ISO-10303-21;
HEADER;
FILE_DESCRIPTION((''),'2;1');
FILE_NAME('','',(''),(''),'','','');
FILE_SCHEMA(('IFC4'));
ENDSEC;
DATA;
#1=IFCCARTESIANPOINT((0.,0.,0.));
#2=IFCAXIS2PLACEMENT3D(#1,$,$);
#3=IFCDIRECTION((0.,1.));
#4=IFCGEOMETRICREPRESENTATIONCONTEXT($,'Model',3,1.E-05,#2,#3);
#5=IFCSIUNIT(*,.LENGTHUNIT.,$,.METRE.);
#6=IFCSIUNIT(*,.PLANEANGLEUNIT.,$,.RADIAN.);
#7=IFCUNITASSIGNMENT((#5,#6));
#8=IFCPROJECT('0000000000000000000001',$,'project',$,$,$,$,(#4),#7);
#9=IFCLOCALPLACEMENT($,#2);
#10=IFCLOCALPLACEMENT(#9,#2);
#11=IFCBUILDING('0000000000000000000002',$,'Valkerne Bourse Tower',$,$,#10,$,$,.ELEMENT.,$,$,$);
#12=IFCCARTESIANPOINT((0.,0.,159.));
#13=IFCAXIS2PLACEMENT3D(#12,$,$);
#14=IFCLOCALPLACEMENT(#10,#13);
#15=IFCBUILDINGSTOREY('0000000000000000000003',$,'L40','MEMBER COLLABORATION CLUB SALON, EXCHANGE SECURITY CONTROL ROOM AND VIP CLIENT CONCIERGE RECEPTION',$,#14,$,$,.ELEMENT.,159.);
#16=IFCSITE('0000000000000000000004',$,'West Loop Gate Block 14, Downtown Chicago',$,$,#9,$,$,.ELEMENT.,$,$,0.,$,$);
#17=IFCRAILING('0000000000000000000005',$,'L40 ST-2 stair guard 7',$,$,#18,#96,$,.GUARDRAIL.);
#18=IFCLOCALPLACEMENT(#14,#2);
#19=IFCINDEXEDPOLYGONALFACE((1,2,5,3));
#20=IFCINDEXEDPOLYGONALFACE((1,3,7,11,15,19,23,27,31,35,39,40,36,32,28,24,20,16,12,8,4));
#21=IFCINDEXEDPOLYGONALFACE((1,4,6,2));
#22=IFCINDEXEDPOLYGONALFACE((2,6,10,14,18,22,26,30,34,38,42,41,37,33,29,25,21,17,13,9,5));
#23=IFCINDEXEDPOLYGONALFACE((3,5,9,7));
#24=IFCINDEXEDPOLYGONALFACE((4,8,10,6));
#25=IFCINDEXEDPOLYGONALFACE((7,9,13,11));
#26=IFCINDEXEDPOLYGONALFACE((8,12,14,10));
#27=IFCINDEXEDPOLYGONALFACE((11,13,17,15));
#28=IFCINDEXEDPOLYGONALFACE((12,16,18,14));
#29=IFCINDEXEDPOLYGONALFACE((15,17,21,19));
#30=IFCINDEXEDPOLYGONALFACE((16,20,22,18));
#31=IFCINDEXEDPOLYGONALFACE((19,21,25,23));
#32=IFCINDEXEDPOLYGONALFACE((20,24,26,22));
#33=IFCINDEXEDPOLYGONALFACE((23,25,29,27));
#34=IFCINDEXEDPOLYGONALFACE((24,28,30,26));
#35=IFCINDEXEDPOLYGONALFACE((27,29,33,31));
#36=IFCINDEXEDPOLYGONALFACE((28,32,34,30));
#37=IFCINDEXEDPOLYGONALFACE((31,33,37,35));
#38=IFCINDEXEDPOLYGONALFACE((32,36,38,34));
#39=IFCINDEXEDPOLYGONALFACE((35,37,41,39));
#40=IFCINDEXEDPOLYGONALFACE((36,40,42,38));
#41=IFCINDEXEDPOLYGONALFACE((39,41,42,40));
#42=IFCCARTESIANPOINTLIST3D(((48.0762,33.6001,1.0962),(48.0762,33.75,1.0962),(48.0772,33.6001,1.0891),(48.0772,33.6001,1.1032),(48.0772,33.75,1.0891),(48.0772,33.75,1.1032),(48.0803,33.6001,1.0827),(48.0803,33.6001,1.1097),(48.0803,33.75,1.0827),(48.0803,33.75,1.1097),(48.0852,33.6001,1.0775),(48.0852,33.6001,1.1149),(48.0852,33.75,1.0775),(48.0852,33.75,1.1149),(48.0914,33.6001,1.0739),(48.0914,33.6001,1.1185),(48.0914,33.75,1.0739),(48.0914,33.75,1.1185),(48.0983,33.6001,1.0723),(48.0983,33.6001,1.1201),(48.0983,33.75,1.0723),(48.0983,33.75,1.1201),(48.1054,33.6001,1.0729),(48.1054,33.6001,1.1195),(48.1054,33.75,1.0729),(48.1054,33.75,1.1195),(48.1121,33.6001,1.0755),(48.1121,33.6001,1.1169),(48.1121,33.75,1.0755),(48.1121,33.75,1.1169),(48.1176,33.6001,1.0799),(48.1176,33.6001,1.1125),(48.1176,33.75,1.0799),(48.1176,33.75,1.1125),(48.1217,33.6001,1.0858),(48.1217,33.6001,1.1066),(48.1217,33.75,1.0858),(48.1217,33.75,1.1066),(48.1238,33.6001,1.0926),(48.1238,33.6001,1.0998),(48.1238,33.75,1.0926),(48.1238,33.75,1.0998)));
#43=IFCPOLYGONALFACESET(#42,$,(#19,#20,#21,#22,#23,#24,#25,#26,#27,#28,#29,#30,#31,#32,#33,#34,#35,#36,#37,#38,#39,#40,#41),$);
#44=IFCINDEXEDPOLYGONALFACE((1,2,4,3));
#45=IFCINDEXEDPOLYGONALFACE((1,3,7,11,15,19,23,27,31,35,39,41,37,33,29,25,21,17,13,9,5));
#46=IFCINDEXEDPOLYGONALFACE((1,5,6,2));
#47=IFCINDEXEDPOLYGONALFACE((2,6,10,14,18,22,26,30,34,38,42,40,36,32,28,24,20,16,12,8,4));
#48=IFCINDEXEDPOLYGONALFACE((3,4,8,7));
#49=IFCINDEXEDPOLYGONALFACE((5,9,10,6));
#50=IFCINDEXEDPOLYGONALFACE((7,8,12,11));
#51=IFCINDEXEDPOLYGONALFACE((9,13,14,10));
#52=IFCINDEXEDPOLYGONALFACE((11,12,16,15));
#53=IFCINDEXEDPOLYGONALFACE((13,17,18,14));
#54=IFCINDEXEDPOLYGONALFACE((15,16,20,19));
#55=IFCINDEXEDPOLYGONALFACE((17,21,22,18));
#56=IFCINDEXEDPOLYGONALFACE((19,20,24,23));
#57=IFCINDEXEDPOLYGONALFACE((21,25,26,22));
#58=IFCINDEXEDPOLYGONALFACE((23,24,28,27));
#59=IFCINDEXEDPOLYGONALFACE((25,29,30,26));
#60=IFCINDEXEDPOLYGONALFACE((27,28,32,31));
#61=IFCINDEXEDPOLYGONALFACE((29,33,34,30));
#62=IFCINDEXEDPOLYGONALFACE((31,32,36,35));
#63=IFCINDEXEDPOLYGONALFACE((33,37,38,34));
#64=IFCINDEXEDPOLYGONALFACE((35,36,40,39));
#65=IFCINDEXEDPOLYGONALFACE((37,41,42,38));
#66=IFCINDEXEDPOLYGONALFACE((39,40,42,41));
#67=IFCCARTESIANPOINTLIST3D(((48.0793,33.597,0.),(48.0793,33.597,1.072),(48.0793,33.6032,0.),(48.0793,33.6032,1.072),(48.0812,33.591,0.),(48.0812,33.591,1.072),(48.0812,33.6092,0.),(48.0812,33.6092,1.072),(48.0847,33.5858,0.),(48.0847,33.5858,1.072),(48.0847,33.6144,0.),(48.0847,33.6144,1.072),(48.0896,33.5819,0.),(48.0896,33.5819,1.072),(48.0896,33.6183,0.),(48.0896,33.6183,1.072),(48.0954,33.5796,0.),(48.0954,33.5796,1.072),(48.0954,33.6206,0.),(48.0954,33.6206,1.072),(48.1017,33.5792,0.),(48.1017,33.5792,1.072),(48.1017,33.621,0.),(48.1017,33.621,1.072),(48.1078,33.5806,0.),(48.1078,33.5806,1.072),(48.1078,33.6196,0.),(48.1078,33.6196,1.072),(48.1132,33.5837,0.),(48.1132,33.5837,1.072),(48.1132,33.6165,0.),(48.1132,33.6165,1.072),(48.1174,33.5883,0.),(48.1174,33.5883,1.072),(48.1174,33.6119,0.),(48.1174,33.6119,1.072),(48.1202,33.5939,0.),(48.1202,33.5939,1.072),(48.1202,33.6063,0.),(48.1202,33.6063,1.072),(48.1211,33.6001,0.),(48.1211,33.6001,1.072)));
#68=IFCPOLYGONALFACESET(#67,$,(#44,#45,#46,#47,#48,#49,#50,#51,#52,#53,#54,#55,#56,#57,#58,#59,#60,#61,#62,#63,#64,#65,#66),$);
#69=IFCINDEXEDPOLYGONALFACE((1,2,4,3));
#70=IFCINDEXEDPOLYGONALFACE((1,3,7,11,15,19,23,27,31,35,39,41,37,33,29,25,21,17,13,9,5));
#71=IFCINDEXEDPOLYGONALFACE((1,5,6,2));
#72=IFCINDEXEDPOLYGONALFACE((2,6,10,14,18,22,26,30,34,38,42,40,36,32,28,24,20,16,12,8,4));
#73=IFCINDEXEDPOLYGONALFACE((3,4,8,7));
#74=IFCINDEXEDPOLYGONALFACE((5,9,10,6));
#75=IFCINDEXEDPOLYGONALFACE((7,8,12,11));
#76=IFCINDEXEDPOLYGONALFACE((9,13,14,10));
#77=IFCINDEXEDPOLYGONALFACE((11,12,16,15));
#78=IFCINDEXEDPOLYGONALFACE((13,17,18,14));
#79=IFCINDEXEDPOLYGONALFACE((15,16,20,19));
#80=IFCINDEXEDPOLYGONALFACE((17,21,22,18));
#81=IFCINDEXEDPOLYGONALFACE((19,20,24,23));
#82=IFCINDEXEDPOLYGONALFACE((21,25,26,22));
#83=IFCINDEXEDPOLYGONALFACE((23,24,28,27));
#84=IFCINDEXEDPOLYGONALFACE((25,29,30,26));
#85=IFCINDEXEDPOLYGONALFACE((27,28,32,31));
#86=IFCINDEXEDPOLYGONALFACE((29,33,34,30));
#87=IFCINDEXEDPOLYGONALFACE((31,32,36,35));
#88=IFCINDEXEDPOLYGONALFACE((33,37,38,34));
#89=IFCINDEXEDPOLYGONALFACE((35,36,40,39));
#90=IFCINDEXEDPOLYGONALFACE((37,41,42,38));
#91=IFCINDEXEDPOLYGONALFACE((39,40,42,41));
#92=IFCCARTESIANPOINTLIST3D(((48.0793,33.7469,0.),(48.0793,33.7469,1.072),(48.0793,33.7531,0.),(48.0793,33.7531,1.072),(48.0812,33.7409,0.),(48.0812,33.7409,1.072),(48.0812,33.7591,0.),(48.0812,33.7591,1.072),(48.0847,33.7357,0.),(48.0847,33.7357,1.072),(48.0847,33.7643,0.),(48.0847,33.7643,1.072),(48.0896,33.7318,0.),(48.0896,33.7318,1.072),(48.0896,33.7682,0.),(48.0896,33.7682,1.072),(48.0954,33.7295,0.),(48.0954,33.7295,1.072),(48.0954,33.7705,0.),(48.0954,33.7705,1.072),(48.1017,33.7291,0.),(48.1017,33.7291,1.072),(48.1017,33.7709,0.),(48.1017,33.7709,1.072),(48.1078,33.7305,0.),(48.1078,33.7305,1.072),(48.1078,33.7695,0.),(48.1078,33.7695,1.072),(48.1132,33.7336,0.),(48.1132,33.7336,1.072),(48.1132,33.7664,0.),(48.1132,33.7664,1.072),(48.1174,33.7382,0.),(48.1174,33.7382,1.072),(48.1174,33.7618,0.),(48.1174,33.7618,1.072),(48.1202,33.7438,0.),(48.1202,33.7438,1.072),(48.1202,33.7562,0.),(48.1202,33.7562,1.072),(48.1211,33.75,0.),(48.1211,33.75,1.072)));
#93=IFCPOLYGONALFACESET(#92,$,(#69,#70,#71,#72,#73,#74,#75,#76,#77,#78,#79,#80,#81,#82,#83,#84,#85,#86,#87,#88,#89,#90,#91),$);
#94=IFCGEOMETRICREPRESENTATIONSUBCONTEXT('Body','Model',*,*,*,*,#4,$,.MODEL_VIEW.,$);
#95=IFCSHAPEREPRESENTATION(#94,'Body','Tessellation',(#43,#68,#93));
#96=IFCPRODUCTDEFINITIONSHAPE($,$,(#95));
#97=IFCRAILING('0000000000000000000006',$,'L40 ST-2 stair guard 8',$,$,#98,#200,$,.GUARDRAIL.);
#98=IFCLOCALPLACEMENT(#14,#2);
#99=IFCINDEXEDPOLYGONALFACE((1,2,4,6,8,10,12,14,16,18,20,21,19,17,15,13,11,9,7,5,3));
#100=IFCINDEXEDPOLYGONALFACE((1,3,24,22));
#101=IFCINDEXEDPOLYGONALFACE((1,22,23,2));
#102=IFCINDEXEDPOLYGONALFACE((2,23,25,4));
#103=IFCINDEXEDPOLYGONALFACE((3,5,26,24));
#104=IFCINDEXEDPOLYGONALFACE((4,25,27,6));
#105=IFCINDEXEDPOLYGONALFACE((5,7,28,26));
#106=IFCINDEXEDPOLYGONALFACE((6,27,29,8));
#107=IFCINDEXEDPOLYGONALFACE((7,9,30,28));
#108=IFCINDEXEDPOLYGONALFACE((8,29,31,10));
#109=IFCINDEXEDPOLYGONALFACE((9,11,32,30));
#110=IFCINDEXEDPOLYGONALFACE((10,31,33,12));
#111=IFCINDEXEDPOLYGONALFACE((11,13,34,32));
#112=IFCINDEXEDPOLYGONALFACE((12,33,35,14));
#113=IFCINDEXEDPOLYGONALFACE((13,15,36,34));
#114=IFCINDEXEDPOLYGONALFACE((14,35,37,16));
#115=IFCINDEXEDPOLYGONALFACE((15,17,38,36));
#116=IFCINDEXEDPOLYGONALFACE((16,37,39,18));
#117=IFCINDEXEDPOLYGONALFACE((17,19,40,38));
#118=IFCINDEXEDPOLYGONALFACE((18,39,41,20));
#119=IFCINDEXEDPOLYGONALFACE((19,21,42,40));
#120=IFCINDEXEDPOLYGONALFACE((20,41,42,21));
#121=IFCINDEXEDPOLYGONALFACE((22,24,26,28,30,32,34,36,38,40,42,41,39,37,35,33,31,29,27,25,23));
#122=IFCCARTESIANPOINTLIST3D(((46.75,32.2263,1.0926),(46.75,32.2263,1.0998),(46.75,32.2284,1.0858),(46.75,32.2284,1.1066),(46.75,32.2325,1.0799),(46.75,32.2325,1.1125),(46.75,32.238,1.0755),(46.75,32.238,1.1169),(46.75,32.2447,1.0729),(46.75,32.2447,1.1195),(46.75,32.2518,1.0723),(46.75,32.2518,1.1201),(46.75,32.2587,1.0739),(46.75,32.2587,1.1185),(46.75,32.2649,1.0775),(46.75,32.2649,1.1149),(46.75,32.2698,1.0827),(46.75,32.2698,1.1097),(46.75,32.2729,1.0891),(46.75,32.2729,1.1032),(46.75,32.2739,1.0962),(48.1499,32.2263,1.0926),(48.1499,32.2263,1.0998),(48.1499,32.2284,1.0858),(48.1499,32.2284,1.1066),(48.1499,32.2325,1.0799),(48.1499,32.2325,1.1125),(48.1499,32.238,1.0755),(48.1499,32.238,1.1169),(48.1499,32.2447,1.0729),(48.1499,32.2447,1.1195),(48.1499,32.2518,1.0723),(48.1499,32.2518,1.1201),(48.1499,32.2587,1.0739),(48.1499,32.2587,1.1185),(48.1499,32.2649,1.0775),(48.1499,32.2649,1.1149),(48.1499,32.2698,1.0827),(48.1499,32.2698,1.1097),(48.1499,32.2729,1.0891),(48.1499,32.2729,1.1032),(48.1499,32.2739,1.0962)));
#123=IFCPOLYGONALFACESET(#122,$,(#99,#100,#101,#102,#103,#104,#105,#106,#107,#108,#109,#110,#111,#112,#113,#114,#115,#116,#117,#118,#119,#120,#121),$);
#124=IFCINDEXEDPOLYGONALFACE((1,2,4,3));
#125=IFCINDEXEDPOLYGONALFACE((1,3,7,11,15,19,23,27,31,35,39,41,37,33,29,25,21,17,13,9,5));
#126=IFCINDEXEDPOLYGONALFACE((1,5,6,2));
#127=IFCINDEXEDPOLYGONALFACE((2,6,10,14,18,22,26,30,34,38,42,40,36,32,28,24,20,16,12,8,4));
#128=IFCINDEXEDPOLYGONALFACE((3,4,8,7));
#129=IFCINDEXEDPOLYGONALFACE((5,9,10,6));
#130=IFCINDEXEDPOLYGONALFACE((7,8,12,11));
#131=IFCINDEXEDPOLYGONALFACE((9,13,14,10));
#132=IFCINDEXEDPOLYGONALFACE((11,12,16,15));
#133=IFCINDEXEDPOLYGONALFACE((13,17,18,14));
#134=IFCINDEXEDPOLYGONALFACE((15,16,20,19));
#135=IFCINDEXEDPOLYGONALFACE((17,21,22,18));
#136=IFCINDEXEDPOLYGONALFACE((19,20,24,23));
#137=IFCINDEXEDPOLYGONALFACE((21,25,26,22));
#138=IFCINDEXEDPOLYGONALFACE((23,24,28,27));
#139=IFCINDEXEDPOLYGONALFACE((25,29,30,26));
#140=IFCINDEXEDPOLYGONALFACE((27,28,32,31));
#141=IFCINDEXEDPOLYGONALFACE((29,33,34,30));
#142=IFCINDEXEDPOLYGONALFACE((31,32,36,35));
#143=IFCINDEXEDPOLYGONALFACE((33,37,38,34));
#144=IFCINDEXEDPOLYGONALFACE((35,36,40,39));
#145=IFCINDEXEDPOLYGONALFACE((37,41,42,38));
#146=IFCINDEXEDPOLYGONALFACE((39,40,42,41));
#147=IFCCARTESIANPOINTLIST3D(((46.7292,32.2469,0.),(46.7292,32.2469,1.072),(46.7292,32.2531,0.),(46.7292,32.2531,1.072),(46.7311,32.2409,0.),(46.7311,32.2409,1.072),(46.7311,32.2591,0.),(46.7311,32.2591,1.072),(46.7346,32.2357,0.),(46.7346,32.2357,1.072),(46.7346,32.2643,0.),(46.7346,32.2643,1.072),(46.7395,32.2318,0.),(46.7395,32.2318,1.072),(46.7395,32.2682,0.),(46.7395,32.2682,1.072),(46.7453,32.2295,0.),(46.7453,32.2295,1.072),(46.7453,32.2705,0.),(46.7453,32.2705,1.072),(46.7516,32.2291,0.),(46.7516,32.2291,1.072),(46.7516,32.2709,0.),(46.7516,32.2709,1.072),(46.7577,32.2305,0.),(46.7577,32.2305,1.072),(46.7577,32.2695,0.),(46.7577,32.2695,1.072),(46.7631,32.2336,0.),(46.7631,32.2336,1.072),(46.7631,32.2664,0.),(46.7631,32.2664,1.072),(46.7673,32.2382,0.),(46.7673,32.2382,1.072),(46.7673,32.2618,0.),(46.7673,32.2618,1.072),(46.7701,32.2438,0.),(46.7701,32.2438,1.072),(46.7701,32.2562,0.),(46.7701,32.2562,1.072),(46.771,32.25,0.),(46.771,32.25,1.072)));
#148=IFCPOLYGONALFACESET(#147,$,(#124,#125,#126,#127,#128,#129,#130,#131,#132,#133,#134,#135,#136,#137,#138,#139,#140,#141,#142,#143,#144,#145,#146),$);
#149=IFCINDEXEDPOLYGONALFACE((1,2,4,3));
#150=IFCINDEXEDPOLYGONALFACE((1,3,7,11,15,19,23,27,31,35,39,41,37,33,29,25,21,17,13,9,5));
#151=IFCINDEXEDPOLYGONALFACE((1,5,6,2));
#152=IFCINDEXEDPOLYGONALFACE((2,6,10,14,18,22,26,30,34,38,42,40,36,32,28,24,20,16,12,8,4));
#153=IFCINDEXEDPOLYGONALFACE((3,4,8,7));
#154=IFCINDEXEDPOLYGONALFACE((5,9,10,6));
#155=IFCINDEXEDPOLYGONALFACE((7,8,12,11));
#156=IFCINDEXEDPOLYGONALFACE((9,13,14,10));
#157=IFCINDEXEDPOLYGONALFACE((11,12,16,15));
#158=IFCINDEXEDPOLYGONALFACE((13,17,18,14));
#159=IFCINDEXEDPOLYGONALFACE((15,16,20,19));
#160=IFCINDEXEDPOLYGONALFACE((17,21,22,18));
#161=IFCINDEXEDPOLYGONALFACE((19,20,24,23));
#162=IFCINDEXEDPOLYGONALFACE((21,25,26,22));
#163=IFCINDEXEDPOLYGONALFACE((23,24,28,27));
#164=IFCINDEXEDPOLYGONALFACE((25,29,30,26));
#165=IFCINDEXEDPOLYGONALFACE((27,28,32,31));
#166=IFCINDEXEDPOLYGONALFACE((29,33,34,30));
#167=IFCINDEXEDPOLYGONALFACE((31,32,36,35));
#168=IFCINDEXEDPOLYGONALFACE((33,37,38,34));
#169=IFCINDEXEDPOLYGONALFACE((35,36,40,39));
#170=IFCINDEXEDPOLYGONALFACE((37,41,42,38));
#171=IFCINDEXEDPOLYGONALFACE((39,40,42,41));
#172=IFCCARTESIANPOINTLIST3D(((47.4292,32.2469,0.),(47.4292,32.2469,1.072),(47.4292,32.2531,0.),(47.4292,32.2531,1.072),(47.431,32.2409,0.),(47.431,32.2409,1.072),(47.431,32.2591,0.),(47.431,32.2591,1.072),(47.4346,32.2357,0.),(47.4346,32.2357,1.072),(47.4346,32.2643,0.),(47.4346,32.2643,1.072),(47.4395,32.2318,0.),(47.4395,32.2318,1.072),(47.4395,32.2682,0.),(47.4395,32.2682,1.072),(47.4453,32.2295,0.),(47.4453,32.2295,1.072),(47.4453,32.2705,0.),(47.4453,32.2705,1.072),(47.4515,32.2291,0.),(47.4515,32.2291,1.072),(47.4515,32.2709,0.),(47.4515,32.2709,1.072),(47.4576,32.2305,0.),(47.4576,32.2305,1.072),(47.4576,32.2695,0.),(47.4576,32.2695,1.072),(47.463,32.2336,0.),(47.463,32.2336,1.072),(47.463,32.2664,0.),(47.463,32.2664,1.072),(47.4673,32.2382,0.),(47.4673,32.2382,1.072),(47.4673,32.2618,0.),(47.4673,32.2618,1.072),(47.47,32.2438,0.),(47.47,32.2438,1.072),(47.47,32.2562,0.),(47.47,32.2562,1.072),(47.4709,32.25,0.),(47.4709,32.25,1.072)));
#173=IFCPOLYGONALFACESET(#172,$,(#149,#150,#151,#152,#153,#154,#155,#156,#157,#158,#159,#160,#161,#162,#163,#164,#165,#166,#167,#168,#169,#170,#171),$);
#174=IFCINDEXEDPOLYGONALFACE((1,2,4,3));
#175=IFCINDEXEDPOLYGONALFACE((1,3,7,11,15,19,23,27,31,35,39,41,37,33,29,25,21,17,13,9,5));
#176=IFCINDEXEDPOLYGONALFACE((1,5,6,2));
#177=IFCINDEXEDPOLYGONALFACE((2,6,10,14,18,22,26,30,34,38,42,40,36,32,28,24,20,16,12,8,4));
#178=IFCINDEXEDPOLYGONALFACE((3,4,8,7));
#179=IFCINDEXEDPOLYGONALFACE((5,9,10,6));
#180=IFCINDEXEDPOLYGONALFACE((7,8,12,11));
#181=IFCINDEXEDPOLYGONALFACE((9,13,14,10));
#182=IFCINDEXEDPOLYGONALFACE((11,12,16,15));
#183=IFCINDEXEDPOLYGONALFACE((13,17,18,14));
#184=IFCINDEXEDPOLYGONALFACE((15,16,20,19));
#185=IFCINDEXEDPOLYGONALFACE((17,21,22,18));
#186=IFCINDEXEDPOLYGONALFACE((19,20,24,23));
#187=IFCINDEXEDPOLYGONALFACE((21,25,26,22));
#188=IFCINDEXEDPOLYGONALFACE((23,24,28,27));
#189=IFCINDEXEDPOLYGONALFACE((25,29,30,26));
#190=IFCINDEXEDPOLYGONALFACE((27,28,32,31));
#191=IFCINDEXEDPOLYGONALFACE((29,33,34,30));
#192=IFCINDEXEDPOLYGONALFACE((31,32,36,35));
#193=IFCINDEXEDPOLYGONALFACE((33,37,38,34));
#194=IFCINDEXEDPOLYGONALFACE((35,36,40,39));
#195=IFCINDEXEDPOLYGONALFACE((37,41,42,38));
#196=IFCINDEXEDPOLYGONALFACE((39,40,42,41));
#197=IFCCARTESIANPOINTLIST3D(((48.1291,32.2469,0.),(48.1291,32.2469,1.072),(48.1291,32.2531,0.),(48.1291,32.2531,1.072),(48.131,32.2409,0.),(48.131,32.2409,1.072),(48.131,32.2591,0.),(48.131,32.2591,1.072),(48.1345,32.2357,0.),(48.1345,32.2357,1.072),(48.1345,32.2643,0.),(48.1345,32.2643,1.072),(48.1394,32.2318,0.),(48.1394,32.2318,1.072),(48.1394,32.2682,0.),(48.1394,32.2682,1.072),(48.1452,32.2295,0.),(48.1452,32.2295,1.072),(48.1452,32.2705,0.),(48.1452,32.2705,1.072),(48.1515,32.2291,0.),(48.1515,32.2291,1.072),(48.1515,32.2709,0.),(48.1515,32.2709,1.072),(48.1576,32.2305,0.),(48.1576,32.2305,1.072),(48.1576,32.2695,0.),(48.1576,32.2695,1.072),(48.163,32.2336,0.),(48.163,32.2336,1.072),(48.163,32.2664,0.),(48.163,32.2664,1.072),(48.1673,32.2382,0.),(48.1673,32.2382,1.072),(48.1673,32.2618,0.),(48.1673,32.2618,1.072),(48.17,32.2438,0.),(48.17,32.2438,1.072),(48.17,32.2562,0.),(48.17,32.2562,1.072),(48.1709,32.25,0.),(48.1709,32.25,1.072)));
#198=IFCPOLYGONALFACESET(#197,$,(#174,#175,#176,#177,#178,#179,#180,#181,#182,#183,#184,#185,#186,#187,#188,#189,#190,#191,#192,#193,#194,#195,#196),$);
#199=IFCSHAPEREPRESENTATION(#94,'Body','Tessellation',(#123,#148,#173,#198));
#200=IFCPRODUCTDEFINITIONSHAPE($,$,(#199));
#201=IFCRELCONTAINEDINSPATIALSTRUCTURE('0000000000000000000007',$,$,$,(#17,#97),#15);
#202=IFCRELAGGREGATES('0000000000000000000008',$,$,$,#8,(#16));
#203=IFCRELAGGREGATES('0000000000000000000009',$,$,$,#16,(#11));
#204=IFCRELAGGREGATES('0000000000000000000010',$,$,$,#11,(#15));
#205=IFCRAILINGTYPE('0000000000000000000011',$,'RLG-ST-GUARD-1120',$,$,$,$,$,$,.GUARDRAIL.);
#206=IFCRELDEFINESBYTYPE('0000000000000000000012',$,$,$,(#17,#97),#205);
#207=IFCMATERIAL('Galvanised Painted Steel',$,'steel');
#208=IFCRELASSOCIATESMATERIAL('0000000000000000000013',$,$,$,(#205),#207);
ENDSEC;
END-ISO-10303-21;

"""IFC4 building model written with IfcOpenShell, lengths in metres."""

from ifc_helpers import new_model, si_unit, direction, frame, origin, origin_2d, place, context, subcontext, project, spatial, circle, extrude, material, type_object, element, save


model = new_model("IFC4")

# Units and contexts
model_context = context("Model", 3, precision=1e-05, world=origin(), true_north=direction((0.0, 1.0)))
body_context = subcontext(model_context, "Body", "Model", "MODEL_VIEW")
ifc_project = project(units=[si_unit("LENGTHUNIT", "METRE"), si_unit("PLANEANGLEUNIT", "RADIAN")], contexts=[model_context])

# Site, building, storey
site_placement = place(None, origin())
site = spatial("IfcSite", under=ifc_project, at=site_placement, Name="West Loop Gate Block 14, Downtown Chicago", CompositionType="ELEMENT", RefElevation=0.0)
building_placement = place(site_placement, origin())
building = spatial("IfcBuilding", under=site, at=building_placement, Name="Valkerne Bourse Tower", CompositionType="ELEMENT")
storey_placement = place(building_placement, frame((0.0, 0.0, 159.0)))
storey = spatial("IfcBuildingStorey", under=building, at=storey_placement, Name="L40", Description="MEMBER COLLABORATION CLUB SALON, EXCHANGE SECURITY CONTROL ROOM AND VIP CLIENT CONCIERGE RECEPTION", CompositionType="ELEMENT", Elevation=159.0)

# Shared definitions
ifc_material_1 = material(Name="Galvanised Painted Steel", Category="steel")

# Railings
railing_type_1 = type_object("IfcRailingType", Name="RLG-ST-GUARD-1120", PredefinedType="GUARDRAIL", material=ifc_material_1)
railing_1_placement = place(storey_placement, frame((48.1001, 33.6001, 0.0)))
element("IfcRailing", 1, at=railing_1_placement, inside=storey, type_object=railing_type_1, Name="L40 ST-2 stair guard 7", PredefinedType="GUARDRAIL", context=body_context, shape_type="SweptSolid", body=[
    extrude(circle(Radius=0.0239, at=origin_2d()), frame((0.0, 0.0, 1.0962), z_axis=(0.0, 1.0, 0.0), x_axis=(-1.0, 0.0, 0.0)), (0.0, 0.0, 1.0), 0.1499),
    extrude(circle(Radius=0.021, at=origin_2d()), origin(), (0.0, 0.0, 1.0), 1.072),
    extrude(circle(Radius=0.021, at=origin_2d()), frame((0.0, 0.1499, 0.0)), (0.0, 0.0, 1.0), 1.072),
])
for number, where, name in (
    (2, (46.75, 32.25, 0.0), "L40 ST-2 stair guard 8"),
):
    element("IfcRailing", number, at=place(storey_placement, frame(where)), inside=storey, type_object=railing_type_1, Name=name, PredefinedType="GUARDRAIL", context=body_context, shape_type="SweptSolid", body=[
        extrude(circle(Radius=0.0239, at=origin_2d()), frame((0.0, 0.0, 1.0962), z_axis=(1.0, 0.0, 0.0), x_axis=(0.0, 1.0, 0.0)), (0.0, 0.0, 1.0), 1.3999),
        extrude(circle(Radius=0.021, at=origin_2d()), origin(), (0.0, 0.0, 1.0), 1.072),
        extrude(circle(Radius=0.021, at=origin_2d()), frame((0.7, 0.0, 0.0)), (0.0, 0.0, 1.0), 1.072),
        extrude(circle(Radius=0.021, at=origin_2d()), frame((1.3999, 0.0, 0.0)), (0.0, 0.0, 1.0), 1.072),
    ])

save(model, "model.ifc")
